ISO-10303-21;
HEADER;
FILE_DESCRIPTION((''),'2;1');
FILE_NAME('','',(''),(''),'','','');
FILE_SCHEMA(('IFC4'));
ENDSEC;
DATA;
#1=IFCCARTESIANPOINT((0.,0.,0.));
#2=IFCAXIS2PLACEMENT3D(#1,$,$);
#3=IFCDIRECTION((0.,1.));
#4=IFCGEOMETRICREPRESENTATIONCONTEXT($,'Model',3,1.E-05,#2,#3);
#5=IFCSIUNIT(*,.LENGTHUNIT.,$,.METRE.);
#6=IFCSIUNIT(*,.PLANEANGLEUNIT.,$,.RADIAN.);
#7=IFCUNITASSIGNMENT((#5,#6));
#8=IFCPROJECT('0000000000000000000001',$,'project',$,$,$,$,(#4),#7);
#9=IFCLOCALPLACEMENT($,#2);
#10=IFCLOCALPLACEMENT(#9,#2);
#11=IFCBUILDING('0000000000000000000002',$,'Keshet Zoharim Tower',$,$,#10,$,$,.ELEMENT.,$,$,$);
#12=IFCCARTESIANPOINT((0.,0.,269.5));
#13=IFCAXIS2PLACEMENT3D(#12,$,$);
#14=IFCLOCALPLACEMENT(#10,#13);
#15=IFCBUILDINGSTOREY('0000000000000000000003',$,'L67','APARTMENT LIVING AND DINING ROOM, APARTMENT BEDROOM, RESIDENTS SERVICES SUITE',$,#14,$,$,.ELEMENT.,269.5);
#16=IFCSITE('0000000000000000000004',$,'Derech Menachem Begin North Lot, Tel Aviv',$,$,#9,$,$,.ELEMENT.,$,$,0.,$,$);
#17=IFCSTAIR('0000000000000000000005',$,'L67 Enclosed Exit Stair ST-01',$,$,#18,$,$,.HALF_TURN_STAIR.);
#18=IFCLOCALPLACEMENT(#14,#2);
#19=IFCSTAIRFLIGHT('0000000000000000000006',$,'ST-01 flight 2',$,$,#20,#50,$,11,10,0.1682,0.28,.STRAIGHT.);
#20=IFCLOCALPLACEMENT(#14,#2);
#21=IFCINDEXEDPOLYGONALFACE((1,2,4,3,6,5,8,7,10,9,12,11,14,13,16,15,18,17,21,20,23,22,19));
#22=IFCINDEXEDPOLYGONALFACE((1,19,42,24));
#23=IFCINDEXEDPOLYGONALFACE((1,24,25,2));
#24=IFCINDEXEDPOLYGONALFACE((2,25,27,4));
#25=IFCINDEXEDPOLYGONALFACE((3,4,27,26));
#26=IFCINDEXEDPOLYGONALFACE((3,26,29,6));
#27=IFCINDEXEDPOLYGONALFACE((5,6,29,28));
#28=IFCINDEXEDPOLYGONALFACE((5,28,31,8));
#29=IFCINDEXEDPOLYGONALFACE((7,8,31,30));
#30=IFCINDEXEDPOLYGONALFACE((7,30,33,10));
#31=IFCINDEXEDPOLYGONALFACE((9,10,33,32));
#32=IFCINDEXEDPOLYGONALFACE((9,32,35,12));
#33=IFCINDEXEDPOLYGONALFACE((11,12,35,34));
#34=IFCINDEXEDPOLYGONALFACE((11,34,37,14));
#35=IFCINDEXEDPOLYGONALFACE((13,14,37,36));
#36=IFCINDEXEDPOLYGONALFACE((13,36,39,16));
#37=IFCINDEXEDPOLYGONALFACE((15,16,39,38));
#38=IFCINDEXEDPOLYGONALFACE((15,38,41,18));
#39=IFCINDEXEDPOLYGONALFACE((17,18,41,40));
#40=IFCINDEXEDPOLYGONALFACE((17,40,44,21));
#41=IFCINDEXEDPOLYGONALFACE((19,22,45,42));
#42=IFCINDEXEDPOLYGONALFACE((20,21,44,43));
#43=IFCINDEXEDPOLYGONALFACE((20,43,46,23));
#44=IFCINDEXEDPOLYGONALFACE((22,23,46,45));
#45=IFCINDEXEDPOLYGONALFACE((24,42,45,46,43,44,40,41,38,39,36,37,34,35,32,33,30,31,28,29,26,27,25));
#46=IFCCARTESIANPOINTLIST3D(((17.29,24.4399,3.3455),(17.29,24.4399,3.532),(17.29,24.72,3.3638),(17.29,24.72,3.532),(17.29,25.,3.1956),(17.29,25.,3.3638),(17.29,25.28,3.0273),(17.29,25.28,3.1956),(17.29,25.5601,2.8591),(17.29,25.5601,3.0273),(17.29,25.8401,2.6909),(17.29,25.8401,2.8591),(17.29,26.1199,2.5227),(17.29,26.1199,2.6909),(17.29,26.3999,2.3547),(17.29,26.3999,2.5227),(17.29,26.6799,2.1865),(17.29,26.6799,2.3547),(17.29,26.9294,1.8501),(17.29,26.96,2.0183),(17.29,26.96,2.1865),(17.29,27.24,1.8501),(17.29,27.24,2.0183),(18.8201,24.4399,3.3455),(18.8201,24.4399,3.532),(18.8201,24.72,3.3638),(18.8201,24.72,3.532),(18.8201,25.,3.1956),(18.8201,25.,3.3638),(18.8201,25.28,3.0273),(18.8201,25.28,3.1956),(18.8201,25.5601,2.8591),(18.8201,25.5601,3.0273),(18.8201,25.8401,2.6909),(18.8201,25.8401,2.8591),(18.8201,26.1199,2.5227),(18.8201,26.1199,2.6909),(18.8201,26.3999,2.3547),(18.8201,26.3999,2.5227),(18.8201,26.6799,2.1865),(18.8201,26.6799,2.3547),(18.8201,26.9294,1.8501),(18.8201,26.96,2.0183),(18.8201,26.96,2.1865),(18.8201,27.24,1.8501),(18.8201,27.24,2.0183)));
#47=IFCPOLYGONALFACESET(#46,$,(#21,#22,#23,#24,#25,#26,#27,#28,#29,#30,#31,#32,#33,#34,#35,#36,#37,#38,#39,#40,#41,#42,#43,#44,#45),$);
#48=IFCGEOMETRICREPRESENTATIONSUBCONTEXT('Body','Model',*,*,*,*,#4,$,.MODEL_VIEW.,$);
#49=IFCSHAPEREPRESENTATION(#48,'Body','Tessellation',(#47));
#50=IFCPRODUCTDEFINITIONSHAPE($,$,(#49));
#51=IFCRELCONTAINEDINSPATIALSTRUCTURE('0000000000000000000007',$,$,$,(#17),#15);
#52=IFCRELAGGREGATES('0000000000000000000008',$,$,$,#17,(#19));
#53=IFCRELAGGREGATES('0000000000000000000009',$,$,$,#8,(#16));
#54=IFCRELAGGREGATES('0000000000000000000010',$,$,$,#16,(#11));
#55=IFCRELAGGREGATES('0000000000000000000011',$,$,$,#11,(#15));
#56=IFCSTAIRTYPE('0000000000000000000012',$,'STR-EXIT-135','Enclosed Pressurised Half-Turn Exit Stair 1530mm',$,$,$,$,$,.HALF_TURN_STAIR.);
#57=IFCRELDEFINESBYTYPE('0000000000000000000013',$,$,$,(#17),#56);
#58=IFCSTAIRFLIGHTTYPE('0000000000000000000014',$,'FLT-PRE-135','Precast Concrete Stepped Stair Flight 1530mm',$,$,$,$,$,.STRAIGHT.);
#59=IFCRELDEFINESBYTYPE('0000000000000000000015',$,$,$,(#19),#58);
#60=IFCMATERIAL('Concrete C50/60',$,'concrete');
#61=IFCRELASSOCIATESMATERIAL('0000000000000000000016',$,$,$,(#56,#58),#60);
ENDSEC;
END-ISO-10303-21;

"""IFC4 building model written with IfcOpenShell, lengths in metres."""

from ifc_helpers import new_model, si_unit, direction, frame, origin, place, context, subcontext, project, spatial, polyline, outline, extrude, material, type_object, element, aggregate, save


model = new_model("IFC4")

# Units and contexts
model_context = context("Model", 3, precision=1e-05, world=origin(), true_north=direction((0.0, 1.0)))
body_context = subcontext(model_context, "Body", "Model", "MODEL_VIEW")
ifc_project = project(units=[si_unit("LENGTHUNIT", "METRE"), si_unit("PLANEANGLEUNIT", "RADIAN")], contexts=[model_context])

# Site, building, storey
site_placement = place(None, origin())
site = spatial("IfcSite", under=ifc_project, at=site_placement, Name="Derech Menachem Begin North Lot, Tel Aviv", CompositionType="ELEMENT", RefElevation=0.0)
building_placement = place(site_placement, origin())
building = spatial("IfcBuilding", under=site, at=building_placement, Name="Keshet Zoharim Tower", CompositionType="ELEMENT")
storey_placement = place(building_placement, frame((0.0, 0.0, 269.5)))
storey = spatial("IfcBuildingStorey", under=building, at=storey_placement, Name="L67", Description="APARTMENT LIVING AND DINING ROOM, APARTMENT BEDROOM, RESIDENTS SERVICES SUITE", CompositionType="ELEMENT", Elevation=269.5)

# Shared definitions
ifc_material_1 = material(Name="Concrete C50/60", Category="concrete")

# Stair, stair flight
stair_type = type_object("IfcStairType", Name="STR-EXIT-135", Description="Enclosed Pressurised Half-Turn Exit Stair 1530mm", PredefinedType="HALF_TURN_STAIR", material=ifc_material_1)
stair_placement = place(storey_placement, origin())
stair = element("IfcStair", 1, at=stair_placement, inside=storey, type_object=stair_type, Name="L67 Enclosed Exit Stair ST-01", PredefinedType="HALF_TURN_STAIR")
stair_flight_type = type_object("IfcStairFlightType", Name="FLT-PRE-135", Description="Precast Concrete Stepped Stair Flight 1530mm", PredefinedType="STRAIGHT", material=ifc_material_1)
stair_flight_1_placement = place(storey_placement, frame((18.0549, 27.24, 1.8501), z_axis=(0.0, 0.0, 1.0), x_axis=(0.0, -1.0, 0.0)))
stair_flight_1 = element("IfcStairFlight", 2, at=stair_flight_1_placement, type_object=stair_flight_type, Name="ST-01 flight 2", NumberOfRisers=11, NumberOfTreads=10, PredefinedType="STRAIGHT", RiserHeight=0.1682, TreadLength=0.28, context=body_context, shape_type="SweptSolid", body=[
    extrude(outline(polyline([(0.0, 0.0), (0.0, 0.1682), (0.28, 0.1682), (0.28, 0.3364), (0.5601, 0.3364), (0.5601, 0.5046), (0.8401, 0.5046), (0.8401, 0.6726), (1.1201, 0.6726), (1.1201, 0.8408), (1.3999, 0.8408), (1.3999, 1.009), (1.6799, 1.009), (1.6799, 1.1772), (1.96, 1.1772), (1.96, 1.3455), (2.24, 1.3455), (2.24, 1.5137), (2.52, 1.5137), (2.52, 1.6819), (2.8, 1.6819), (2.8, 1.8501), (2.8, 1.4954), (0.3105, 0.0), (0.0, 0.0)])), frame((0.0, 0.7651, 0.0), z_axis=(0.0, -1.0, 0.0), x_axis=(1.0, 0.0, 0.0)), (0.0, 0.0, 1.0), 1.53),
])
aggregate(stair, [stair_flight_1])

save(model, "model.ifc")
